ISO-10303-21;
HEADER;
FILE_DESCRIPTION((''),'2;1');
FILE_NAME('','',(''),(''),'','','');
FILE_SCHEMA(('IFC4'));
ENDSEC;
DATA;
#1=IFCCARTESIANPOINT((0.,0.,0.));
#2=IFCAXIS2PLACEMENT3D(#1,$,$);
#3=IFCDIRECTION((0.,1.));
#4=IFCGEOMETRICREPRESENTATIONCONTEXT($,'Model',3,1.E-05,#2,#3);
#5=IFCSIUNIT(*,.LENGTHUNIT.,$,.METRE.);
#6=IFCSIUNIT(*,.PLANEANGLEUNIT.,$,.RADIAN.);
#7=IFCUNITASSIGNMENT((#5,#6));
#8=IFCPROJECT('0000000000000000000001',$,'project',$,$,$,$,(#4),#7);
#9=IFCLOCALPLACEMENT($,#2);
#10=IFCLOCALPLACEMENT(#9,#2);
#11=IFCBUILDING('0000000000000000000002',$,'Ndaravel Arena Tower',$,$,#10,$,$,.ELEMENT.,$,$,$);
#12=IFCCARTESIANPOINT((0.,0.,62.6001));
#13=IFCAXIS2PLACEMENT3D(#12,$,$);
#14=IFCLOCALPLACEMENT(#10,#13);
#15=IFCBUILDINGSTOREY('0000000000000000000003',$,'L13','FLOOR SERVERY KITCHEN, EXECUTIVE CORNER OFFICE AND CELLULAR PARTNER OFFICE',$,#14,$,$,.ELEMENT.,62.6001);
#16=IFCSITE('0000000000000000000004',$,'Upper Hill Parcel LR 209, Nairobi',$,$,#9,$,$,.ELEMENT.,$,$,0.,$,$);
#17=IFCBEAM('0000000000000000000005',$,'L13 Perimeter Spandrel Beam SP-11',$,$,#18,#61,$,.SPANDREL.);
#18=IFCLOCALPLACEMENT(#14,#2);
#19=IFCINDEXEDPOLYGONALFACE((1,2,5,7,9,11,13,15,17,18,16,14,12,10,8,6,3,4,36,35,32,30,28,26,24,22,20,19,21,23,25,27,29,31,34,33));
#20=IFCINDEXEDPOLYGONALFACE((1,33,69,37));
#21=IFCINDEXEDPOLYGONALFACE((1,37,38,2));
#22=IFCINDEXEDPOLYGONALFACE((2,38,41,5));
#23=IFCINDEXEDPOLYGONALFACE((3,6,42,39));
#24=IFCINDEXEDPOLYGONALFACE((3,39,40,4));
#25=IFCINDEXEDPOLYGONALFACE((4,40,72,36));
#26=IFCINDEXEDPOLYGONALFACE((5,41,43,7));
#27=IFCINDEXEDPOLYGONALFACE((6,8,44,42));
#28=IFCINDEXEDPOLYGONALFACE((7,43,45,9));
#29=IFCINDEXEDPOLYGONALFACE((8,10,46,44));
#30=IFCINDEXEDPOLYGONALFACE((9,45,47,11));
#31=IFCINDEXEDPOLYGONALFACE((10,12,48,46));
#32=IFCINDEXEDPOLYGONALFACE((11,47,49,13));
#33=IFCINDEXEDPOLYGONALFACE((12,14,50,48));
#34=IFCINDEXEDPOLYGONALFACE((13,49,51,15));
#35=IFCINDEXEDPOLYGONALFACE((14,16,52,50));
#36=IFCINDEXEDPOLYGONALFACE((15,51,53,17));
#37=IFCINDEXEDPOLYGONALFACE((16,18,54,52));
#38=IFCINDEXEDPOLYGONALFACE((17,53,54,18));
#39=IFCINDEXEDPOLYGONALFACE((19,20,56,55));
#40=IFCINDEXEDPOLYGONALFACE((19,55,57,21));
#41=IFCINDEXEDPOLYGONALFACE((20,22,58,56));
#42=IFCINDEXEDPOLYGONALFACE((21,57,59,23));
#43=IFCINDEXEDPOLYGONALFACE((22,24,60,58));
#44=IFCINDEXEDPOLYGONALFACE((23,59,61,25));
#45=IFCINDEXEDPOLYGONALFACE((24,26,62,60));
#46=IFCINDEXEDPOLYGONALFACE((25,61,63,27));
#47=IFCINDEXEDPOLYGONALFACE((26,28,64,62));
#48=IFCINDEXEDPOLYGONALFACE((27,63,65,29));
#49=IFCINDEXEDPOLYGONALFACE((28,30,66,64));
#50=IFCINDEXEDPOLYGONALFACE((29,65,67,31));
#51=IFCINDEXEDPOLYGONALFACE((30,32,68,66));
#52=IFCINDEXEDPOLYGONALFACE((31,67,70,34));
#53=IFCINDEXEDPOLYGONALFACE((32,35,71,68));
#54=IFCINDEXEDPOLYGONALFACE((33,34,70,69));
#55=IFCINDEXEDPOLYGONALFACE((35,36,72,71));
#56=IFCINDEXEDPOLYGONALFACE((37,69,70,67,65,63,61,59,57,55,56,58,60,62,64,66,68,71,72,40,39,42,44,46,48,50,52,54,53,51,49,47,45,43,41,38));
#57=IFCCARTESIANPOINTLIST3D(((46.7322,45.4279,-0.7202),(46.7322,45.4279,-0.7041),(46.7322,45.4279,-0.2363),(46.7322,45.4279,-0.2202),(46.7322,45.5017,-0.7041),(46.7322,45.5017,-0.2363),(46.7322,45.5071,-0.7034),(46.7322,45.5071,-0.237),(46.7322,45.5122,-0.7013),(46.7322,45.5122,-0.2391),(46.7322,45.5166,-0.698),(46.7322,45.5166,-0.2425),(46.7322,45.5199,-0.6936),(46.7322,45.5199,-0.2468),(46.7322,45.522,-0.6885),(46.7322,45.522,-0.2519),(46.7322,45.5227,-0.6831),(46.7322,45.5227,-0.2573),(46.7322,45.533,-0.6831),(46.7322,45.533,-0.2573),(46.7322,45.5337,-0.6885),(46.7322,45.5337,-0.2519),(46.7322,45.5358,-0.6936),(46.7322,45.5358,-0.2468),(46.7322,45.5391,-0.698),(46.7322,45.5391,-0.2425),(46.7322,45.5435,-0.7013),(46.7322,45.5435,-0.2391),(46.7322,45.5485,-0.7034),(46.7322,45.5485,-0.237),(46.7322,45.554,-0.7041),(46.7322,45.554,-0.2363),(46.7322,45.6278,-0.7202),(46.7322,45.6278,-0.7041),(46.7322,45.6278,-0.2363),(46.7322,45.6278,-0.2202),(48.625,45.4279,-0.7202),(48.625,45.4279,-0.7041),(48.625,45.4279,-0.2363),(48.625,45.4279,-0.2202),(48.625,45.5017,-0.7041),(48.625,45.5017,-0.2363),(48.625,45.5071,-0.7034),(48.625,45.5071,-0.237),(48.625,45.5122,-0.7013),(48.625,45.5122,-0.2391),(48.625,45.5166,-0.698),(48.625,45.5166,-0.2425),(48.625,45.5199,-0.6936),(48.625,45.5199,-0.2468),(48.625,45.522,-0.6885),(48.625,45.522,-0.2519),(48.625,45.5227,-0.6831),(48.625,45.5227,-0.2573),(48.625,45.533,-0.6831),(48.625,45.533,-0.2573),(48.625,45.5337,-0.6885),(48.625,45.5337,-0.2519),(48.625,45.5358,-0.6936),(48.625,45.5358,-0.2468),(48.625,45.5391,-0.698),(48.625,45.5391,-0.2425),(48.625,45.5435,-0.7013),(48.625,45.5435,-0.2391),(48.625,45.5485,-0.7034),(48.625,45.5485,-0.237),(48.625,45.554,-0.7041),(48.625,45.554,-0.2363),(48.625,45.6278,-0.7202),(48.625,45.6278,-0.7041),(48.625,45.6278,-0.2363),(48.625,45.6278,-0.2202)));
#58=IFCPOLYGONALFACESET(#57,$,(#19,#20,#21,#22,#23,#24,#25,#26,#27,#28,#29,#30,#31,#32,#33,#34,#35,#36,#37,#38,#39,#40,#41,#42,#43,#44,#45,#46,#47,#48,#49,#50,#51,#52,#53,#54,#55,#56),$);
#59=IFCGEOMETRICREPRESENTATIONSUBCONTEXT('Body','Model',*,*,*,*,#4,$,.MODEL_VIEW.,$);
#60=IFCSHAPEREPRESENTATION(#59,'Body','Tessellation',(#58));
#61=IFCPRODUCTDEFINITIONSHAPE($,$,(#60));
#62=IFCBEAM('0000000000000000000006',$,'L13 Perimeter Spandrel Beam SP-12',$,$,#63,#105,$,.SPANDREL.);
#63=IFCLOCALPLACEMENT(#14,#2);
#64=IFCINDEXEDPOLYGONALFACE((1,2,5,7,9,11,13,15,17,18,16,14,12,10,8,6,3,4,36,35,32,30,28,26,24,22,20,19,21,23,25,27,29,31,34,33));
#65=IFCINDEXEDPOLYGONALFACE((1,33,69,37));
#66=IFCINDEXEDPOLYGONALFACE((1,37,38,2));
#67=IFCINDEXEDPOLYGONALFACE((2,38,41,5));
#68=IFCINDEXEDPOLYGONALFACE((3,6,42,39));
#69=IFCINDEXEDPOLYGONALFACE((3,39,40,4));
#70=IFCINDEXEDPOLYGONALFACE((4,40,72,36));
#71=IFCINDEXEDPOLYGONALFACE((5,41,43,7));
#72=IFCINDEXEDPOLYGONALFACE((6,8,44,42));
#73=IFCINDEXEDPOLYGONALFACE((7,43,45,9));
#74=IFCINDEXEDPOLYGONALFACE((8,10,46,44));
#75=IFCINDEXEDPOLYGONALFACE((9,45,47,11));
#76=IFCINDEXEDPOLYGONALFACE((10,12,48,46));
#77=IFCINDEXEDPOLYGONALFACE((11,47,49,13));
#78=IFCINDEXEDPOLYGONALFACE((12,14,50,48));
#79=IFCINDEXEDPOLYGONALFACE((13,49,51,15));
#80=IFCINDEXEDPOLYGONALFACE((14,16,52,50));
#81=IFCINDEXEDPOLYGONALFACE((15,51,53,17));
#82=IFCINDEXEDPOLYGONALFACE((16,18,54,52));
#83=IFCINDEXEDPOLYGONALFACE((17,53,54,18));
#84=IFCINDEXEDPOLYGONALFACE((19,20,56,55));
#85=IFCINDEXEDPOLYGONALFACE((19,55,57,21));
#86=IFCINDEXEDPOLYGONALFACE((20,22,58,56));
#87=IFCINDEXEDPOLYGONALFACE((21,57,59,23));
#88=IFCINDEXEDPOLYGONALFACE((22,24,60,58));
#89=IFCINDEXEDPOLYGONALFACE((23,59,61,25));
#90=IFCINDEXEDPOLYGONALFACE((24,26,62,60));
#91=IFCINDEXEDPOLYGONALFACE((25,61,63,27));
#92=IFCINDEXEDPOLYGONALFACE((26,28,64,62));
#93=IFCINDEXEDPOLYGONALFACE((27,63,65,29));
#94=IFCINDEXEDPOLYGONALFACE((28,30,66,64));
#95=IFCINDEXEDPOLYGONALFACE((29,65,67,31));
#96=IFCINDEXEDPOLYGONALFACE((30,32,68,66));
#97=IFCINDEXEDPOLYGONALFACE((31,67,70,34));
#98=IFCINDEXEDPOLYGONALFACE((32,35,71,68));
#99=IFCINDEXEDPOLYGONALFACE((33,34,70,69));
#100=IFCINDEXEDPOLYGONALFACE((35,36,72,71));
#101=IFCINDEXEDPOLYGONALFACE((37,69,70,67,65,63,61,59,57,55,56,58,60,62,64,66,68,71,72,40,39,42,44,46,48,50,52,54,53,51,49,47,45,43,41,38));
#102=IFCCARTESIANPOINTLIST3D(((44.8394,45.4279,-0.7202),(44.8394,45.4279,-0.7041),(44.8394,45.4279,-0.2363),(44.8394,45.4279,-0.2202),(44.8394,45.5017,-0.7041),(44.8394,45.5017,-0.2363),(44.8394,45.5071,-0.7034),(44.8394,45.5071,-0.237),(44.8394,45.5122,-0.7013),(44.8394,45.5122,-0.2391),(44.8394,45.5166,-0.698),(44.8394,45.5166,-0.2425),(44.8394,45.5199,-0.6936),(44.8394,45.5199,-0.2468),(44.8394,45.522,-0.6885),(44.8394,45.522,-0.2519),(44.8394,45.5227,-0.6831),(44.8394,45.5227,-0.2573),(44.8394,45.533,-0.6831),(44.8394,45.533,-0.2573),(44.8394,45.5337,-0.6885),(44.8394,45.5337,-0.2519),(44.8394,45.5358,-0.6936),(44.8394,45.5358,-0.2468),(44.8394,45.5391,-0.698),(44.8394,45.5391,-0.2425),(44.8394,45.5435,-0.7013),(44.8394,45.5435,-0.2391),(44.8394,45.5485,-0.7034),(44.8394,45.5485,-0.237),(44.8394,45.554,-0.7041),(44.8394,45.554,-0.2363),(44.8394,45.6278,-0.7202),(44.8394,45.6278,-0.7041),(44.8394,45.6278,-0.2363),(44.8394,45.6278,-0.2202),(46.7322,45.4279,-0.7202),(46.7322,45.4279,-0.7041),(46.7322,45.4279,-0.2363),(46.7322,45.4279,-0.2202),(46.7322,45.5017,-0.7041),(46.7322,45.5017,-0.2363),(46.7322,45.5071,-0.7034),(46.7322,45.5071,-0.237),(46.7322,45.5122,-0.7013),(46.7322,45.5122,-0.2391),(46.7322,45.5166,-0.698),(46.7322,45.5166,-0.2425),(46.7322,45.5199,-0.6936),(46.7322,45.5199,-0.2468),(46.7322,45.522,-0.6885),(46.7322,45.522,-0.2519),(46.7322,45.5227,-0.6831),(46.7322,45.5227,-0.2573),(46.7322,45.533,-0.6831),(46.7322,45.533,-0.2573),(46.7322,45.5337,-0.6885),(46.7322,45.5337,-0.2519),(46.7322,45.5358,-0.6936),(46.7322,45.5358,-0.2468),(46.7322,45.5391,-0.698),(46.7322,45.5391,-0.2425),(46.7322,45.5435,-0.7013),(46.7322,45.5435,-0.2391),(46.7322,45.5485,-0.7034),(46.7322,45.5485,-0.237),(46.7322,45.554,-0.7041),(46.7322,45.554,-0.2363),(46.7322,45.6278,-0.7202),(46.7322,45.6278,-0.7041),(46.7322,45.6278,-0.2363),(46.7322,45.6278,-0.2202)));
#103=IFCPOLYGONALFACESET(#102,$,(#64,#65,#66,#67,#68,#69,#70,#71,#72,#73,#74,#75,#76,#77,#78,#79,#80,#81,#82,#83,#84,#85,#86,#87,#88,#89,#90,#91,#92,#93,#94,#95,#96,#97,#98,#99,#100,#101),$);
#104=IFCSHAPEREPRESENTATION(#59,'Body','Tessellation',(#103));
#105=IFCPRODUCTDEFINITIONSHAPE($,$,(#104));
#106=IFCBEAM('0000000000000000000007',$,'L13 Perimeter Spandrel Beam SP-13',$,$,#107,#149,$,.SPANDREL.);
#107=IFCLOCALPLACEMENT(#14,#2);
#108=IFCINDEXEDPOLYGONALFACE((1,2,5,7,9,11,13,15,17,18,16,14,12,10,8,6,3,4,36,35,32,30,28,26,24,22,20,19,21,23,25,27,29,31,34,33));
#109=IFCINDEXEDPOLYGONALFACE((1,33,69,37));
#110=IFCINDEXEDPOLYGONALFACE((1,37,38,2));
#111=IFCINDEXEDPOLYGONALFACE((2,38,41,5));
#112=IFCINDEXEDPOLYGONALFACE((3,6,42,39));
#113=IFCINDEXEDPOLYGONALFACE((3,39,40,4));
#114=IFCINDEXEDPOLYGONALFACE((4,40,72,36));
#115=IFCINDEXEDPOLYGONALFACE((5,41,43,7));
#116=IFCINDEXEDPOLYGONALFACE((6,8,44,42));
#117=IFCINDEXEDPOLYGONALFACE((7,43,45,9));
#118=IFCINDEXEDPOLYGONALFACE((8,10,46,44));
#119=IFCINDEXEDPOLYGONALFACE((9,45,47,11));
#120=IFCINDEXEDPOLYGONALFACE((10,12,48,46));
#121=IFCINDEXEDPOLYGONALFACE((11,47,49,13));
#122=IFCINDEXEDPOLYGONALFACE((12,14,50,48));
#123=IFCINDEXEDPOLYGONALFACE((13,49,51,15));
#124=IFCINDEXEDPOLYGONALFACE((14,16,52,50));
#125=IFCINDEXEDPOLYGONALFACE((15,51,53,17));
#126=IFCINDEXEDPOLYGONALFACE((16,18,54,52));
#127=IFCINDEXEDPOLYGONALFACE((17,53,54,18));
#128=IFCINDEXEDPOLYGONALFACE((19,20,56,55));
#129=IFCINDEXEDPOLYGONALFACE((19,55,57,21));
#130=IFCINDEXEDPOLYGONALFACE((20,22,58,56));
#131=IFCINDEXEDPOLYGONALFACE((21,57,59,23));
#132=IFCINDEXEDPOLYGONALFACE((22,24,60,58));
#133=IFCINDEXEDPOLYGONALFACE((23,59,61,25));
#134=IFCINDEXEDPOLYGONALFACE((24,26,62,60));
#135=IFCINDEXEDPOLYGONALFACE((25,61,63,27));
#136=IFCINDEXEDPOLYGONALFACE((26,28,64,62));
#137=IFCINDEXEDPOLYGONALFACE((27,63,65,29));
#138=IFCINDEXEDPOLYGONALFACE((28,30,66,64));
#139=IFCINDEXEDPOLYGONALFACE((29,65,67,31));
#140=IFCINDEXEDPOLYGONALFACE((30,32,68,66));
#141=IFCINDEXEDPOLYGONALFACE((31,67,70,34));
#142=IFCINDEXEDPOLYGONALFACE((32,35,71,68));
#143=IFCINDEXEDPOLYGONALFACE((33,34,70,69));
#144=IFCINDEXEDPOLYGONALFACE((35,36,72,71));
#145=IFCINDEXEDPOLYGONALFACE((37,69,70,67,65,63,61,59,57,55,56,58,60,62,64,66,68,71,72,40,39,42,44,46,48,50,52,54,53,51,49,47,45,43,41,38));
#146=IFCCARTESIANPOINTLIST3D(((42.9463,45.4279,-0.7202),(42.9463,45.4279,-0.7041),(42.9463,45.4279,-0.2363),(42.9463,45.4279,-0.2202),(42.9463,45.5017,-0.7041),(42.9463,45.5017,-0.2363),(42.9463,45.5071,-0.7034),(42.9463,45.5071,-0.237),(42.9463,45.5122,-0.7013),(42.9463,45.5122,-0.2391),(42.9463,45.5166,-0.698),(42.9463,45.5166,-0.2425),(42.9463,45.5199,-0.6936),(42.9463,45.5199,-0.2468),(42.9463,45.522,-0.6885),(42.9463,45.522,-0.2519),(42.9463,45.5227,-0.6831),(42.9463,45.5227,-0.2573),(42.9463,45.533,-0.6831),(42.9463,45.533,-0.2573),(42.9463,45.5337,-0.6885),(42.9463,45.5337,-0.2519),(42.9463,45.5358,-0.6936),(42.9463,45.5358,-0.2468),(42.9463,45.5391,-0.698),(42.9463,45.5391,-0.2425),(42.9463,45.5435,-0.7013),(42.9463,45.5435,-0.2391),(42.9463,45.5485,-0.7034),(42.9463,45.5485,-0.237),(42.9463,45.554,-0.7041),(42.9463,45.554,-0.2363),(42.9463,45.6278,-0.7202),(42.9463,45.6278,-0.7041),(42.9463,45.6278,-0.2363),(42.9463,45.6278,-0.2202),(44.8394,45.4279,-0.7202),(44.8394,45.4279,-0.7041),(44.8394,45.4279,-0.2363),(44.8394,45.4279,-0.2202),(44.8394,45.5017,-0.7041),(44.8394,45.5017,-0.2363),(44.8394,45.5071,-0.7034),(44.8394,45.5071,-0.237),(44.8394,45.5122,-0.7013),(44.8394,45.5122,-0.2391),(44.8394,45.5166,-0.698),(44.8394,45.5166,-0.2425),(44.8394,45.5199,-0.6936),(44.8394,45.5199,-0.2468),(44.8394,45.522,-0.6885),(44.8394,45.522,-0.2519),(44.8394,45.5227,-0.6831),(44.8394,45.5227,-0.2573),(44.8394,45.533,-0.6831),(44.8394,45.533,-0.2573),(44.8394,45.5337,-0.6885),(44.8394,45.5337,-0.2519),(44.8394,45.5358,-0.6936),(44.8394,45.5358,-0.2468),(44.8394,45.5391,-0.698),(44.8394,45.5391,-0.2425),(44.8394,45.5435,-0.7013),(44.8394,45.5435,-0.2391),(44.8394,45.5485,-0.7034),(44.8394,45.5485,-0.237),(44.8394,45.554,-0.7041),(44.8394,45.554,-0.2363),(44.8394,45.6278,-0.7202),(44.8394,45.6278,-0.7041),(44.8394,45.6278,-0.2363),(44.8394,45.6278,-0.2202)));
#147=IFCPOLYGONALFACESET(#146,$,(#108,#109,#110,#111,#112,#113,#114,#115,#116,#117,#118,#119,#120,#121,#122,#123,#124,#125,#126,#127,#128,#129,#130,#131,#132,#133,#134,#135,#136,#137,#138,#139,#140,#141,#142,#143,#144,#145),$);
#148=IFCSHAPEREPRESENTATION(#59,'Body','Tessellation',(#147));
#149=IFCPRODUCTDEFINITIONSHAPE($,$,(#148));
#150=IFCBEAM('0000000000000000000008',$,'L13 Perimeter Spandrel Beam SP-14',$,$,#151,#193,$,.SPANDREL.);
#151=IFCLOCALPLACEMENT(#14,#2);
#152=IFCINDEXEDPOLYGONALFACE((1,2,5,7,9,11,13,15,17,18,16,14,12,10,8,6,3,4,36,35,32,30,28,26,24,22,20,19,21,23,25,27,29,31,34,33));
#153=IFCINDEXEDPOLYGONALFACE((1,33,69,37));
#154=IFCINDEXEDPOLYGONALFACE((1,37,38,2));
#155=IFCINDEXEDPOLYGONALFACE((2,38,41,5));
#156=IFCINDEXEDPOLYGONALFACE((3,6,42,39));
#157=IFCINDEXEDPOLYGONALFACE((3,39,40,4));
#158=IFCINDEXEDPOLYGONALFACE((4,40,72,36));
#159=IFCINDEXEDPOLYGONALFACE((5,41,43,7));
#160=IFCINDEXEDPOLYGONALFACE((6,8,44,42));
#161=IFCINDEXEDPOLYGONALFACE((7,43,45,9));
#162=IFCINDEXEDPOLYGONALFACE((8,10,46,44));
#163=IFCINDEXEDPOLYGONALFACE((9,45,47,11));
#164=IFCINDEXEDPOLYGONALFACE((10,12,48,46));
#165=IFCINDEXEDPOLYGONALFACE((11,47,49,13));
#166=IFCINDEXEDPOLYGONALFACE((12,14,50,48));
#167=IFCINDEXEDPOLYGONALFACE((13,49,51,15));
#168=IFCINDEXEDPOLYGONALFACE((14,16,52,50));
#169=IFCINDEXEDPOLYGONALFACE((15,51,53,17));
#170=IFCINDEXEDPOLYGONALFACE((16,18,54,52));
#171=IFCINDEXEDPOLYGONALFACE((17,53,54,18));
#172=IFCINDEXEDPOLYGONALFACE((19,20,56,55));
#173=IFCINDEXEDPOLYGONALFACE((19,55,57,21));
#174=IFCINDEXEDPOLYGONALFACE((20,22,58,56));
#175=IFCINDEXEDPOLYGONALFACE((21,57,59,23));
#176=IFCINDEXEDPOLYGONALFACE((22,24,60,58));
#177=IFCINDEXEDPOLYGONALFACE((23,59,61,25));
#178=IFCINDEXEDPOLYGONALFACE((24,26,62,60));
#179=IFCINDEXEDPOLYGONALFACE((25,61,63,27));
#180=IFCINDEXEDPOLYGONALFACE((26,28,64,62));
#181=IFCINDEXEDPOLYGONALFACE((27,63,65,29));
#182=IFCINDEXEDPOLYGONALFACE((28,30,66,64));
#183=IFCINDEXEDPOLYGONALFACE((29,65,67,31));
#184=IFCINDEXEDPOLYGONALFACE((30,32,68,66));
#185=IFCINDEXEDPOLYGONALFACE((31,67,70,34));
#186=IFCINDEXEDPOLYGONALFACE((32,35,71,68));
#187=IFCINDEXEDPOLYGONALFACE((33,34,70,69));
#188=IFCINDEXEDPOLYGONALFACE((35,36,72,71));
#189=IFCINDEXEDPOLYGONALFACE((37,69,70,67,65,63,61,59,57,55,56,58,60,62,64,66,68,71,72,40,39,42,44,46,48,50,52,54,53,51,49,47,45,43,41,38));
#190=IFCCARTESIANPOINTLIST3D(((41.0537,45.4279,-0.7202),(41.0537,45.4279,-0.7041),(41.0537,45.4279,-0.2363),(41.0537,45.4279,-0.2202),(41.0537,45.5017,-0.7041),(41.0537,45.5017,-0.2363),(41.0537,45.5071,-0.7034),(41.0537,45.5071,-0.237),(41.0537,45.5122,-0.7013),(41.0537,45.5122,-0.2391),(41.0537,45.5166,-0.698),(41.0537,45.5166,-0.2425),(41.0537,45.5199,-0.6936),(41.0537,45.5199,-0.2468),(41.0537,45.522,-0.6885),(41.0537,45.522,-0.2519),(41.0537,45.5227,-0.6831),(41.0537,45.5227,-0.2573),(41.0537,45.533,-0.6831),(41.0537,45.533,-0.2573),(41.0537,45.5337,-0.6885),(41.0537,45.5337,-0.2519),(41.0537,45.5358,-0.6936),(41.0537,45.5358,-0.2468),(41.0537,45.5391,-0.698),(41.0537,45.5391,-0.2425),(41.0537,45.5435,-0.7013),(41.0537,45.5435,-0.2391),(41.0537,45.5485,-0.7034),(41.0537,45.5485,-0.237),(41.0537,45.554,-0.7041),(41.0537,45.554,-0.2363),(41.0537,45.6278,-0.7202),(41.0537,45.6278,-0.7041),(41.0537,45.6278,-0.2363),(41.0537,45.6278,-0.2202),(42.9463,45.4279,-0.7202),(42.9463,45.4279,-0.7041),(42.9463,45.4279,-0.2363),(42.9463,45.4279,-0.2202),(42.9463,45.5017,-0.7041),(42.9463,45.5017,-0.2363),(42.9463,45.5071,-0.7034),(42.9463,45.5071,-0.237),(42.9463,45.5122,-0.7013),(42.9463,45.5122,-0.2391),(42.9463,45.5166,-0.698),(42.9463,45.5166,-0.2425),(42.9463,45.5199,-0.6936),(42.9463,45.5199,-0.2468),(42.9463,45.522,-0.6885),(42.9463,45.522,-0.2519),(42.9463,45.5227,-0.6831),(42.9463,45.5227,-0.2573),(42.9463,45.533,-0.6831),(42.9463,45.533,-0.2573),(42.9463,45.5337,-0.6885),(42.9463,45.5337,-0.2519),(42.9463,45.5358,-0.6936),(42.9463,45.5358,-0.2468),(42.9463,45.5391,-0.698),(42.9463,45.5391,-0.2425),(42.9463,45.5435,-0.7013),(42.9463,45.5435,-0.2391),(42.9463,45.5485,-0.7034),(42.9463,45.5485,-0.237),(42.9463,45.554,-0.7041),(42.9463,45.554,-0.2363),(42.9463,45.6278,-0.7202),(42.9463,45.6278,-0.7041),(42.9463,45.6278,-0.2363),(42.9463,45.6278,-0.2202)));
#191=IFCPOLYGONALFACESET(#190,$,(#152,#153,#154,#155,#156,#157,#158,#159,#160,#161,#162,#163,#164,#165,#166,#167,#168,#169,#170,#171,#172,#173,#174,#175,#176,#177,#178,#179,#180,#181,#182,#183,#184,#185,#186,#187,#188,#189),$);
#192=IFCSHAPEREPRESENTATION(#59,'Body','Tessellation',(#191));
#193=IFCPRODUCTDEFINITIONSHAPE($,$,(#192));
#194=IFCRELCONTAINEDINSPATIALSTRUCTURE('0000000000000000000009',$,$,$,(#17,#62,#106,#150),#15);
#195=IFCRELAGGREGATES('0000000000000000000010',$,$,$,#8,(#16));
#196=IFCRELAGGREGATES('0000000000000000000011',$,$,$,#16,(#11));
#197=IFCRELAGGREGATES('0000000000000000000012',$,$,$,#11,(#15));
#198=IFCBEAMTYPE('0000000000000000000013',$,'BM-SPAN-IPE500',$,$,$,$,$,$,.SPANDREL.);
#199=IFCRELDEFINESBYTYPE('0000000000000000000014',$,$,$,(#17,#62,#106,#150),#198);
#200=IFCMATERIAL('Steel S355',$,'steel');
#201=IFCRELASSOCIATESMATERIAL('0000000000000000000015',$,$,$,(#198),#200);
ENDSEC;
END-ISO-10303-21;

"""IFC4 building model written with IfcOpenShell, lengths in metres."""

from ifc_helpers import new_model, si_unit, direction, frame, origin, origin_2d, place, context, subcontext, project, spatial, i_section, extrude, material, material_profile, profile_set, type_object, element, save


model = new_model("IFC4")

# Units and contexts
model_context = context("Model", 3, precision=1e-05, world=origin(), true_north=direction((0.0, 1.0)))
body_context = subcontext(model_context, "Body", "Model", "MODEL_VIEW")
ifc_project = project(units=[si_unit("LENGTHUNIT", "METRE"), si_unit("PLANEANGLEUNIT", "RADIAN")], contexts=[model_context])

# Site, building, storey
site_placement = place(None, origin())
site = spatial("IfcSite", under=ifc_project, at=site_placement, Name="Upper Hill Parcel LR 209, Nairobi", CompositionType="ELEMENT", RefElevation=0.0)
building_placement = place(site_placement, origin())
building = spatial("IfcBuilding", under=site, at=building_placement, Name="Ndaravel Arena Tower", CompositionType="ELEMENT")
storey_placement = place(building_placement, frame((0.0, 0.0, 62.6001)))
storey = spatial("IfcBuildingStorey", under=building, at=storey_placement, Name="L13", Description="FLOOR SERVERY KITCHEN, EXECUTIVE CORNER OFFICE AND CELLULAR PARTNER OFFICE", CompositionType="ELEMENT", Elevation=62.6001)

# Beams
ifc_material_1 = material(Name="Steel S355", Category="steel")
ifc_material_profile_1 = material_profile(ifc_material_1, i_section(OverallWidth=0.2, OverallDepth=0.5, WebThickness=0.0103, FlangeThickness=0.0161, FilletRadius=0.021, at=origin_2d()), Name="IPE 500")
ifc_profile_set_1 = profile_set([ifc_material_profile_1], Name="Steel S355")
beam_type_1 = type_object("IfcBeamType", Name="BM-SPAN-IPE500", PredefinedType="SPANDREL", material=ifc_profile_set_1)
for number, where, z_axis, x_axis, name in (
    (1, (48.625, 45.5278, -0.4702), (-1.0, 0.0, 0.0), (0.0, -1.0, 0.0), "L13 Perimeter Spandrel Beam SP-11"),
    (2, (46.7322, 45.5278, -0.4702), (-1.0, 0.0, 0.0), (0.0, -1.0, 0.0), "L13 Perimeter Spandrel Beam SP-12"),
):
    element("IfcBeam", number, at=place(storey_placement, frame(where, z_axis=z_axis, x_axis=x_axis)), inside=storey, type_object=beam_type_1, Name=name, PredefinedType="SPANDREL", context=body_context, shape_type="SweptSolid", body=[
        extrude(i_section(OverallWidth=0.2, OverallDepth=0.5, WebThickness=0.0103, FlangeThickness=0.0161, FilletRadius=0.021, at=origin_2d()), origin(), (0.0, 0.0, 1.0), 1.8928),
    ])
beam_1_placement = place(storey_placement, frame((44.8394, 45.5278, -0.4702), z_axis=(-1.0, 0.0, 0.0), x_axis=(0.0, -1.0, 0.0)))
element("IfcBeam", 3, at=beam_1_placement, inside=storey, type_object=beam_type_1, Name="L13 Perimeter Spandrel Beam SP-13", PredefinedType="SPANDREL", context=body_context, shape_type="SweptSolid", body=[
    extrude(i_section(OverallWidth=0.2, OverallDepth=0.5, WebThickness=0.0103, FlangeThickness=0.0161, FilletRadius=0.021, at=origin_2d()), origin(), (0.0, 0.0, 1.0), 1.8931),
])
beam_2_placement = place(storey_placement, frame((42.9463, 45.5278, -0.4702), z_axis=(-1.0, 0.0, 0.0), x_axis=(0.0, -1.0, 0.0)))
element("IfcBeam", 4, at=beam_2_placement, inside=storey, type_object=beam_type_1, Name="L13 Perimeter Spandrel Beam SP-14", PredefinedType="SPANDREL", context=body_context, shape_type="SweptSolid", body=[
    extrude(i_section(OverallWidth=0.2, OverallDepth=0.5, WebThickness=0.0103, FlangeThickness=0.0161, FilletRadius=0.021, at=origin_2d()), origin(), (0.0, 0.0, 1.0), 1.8926),
])

save(model, "model.ifc")
